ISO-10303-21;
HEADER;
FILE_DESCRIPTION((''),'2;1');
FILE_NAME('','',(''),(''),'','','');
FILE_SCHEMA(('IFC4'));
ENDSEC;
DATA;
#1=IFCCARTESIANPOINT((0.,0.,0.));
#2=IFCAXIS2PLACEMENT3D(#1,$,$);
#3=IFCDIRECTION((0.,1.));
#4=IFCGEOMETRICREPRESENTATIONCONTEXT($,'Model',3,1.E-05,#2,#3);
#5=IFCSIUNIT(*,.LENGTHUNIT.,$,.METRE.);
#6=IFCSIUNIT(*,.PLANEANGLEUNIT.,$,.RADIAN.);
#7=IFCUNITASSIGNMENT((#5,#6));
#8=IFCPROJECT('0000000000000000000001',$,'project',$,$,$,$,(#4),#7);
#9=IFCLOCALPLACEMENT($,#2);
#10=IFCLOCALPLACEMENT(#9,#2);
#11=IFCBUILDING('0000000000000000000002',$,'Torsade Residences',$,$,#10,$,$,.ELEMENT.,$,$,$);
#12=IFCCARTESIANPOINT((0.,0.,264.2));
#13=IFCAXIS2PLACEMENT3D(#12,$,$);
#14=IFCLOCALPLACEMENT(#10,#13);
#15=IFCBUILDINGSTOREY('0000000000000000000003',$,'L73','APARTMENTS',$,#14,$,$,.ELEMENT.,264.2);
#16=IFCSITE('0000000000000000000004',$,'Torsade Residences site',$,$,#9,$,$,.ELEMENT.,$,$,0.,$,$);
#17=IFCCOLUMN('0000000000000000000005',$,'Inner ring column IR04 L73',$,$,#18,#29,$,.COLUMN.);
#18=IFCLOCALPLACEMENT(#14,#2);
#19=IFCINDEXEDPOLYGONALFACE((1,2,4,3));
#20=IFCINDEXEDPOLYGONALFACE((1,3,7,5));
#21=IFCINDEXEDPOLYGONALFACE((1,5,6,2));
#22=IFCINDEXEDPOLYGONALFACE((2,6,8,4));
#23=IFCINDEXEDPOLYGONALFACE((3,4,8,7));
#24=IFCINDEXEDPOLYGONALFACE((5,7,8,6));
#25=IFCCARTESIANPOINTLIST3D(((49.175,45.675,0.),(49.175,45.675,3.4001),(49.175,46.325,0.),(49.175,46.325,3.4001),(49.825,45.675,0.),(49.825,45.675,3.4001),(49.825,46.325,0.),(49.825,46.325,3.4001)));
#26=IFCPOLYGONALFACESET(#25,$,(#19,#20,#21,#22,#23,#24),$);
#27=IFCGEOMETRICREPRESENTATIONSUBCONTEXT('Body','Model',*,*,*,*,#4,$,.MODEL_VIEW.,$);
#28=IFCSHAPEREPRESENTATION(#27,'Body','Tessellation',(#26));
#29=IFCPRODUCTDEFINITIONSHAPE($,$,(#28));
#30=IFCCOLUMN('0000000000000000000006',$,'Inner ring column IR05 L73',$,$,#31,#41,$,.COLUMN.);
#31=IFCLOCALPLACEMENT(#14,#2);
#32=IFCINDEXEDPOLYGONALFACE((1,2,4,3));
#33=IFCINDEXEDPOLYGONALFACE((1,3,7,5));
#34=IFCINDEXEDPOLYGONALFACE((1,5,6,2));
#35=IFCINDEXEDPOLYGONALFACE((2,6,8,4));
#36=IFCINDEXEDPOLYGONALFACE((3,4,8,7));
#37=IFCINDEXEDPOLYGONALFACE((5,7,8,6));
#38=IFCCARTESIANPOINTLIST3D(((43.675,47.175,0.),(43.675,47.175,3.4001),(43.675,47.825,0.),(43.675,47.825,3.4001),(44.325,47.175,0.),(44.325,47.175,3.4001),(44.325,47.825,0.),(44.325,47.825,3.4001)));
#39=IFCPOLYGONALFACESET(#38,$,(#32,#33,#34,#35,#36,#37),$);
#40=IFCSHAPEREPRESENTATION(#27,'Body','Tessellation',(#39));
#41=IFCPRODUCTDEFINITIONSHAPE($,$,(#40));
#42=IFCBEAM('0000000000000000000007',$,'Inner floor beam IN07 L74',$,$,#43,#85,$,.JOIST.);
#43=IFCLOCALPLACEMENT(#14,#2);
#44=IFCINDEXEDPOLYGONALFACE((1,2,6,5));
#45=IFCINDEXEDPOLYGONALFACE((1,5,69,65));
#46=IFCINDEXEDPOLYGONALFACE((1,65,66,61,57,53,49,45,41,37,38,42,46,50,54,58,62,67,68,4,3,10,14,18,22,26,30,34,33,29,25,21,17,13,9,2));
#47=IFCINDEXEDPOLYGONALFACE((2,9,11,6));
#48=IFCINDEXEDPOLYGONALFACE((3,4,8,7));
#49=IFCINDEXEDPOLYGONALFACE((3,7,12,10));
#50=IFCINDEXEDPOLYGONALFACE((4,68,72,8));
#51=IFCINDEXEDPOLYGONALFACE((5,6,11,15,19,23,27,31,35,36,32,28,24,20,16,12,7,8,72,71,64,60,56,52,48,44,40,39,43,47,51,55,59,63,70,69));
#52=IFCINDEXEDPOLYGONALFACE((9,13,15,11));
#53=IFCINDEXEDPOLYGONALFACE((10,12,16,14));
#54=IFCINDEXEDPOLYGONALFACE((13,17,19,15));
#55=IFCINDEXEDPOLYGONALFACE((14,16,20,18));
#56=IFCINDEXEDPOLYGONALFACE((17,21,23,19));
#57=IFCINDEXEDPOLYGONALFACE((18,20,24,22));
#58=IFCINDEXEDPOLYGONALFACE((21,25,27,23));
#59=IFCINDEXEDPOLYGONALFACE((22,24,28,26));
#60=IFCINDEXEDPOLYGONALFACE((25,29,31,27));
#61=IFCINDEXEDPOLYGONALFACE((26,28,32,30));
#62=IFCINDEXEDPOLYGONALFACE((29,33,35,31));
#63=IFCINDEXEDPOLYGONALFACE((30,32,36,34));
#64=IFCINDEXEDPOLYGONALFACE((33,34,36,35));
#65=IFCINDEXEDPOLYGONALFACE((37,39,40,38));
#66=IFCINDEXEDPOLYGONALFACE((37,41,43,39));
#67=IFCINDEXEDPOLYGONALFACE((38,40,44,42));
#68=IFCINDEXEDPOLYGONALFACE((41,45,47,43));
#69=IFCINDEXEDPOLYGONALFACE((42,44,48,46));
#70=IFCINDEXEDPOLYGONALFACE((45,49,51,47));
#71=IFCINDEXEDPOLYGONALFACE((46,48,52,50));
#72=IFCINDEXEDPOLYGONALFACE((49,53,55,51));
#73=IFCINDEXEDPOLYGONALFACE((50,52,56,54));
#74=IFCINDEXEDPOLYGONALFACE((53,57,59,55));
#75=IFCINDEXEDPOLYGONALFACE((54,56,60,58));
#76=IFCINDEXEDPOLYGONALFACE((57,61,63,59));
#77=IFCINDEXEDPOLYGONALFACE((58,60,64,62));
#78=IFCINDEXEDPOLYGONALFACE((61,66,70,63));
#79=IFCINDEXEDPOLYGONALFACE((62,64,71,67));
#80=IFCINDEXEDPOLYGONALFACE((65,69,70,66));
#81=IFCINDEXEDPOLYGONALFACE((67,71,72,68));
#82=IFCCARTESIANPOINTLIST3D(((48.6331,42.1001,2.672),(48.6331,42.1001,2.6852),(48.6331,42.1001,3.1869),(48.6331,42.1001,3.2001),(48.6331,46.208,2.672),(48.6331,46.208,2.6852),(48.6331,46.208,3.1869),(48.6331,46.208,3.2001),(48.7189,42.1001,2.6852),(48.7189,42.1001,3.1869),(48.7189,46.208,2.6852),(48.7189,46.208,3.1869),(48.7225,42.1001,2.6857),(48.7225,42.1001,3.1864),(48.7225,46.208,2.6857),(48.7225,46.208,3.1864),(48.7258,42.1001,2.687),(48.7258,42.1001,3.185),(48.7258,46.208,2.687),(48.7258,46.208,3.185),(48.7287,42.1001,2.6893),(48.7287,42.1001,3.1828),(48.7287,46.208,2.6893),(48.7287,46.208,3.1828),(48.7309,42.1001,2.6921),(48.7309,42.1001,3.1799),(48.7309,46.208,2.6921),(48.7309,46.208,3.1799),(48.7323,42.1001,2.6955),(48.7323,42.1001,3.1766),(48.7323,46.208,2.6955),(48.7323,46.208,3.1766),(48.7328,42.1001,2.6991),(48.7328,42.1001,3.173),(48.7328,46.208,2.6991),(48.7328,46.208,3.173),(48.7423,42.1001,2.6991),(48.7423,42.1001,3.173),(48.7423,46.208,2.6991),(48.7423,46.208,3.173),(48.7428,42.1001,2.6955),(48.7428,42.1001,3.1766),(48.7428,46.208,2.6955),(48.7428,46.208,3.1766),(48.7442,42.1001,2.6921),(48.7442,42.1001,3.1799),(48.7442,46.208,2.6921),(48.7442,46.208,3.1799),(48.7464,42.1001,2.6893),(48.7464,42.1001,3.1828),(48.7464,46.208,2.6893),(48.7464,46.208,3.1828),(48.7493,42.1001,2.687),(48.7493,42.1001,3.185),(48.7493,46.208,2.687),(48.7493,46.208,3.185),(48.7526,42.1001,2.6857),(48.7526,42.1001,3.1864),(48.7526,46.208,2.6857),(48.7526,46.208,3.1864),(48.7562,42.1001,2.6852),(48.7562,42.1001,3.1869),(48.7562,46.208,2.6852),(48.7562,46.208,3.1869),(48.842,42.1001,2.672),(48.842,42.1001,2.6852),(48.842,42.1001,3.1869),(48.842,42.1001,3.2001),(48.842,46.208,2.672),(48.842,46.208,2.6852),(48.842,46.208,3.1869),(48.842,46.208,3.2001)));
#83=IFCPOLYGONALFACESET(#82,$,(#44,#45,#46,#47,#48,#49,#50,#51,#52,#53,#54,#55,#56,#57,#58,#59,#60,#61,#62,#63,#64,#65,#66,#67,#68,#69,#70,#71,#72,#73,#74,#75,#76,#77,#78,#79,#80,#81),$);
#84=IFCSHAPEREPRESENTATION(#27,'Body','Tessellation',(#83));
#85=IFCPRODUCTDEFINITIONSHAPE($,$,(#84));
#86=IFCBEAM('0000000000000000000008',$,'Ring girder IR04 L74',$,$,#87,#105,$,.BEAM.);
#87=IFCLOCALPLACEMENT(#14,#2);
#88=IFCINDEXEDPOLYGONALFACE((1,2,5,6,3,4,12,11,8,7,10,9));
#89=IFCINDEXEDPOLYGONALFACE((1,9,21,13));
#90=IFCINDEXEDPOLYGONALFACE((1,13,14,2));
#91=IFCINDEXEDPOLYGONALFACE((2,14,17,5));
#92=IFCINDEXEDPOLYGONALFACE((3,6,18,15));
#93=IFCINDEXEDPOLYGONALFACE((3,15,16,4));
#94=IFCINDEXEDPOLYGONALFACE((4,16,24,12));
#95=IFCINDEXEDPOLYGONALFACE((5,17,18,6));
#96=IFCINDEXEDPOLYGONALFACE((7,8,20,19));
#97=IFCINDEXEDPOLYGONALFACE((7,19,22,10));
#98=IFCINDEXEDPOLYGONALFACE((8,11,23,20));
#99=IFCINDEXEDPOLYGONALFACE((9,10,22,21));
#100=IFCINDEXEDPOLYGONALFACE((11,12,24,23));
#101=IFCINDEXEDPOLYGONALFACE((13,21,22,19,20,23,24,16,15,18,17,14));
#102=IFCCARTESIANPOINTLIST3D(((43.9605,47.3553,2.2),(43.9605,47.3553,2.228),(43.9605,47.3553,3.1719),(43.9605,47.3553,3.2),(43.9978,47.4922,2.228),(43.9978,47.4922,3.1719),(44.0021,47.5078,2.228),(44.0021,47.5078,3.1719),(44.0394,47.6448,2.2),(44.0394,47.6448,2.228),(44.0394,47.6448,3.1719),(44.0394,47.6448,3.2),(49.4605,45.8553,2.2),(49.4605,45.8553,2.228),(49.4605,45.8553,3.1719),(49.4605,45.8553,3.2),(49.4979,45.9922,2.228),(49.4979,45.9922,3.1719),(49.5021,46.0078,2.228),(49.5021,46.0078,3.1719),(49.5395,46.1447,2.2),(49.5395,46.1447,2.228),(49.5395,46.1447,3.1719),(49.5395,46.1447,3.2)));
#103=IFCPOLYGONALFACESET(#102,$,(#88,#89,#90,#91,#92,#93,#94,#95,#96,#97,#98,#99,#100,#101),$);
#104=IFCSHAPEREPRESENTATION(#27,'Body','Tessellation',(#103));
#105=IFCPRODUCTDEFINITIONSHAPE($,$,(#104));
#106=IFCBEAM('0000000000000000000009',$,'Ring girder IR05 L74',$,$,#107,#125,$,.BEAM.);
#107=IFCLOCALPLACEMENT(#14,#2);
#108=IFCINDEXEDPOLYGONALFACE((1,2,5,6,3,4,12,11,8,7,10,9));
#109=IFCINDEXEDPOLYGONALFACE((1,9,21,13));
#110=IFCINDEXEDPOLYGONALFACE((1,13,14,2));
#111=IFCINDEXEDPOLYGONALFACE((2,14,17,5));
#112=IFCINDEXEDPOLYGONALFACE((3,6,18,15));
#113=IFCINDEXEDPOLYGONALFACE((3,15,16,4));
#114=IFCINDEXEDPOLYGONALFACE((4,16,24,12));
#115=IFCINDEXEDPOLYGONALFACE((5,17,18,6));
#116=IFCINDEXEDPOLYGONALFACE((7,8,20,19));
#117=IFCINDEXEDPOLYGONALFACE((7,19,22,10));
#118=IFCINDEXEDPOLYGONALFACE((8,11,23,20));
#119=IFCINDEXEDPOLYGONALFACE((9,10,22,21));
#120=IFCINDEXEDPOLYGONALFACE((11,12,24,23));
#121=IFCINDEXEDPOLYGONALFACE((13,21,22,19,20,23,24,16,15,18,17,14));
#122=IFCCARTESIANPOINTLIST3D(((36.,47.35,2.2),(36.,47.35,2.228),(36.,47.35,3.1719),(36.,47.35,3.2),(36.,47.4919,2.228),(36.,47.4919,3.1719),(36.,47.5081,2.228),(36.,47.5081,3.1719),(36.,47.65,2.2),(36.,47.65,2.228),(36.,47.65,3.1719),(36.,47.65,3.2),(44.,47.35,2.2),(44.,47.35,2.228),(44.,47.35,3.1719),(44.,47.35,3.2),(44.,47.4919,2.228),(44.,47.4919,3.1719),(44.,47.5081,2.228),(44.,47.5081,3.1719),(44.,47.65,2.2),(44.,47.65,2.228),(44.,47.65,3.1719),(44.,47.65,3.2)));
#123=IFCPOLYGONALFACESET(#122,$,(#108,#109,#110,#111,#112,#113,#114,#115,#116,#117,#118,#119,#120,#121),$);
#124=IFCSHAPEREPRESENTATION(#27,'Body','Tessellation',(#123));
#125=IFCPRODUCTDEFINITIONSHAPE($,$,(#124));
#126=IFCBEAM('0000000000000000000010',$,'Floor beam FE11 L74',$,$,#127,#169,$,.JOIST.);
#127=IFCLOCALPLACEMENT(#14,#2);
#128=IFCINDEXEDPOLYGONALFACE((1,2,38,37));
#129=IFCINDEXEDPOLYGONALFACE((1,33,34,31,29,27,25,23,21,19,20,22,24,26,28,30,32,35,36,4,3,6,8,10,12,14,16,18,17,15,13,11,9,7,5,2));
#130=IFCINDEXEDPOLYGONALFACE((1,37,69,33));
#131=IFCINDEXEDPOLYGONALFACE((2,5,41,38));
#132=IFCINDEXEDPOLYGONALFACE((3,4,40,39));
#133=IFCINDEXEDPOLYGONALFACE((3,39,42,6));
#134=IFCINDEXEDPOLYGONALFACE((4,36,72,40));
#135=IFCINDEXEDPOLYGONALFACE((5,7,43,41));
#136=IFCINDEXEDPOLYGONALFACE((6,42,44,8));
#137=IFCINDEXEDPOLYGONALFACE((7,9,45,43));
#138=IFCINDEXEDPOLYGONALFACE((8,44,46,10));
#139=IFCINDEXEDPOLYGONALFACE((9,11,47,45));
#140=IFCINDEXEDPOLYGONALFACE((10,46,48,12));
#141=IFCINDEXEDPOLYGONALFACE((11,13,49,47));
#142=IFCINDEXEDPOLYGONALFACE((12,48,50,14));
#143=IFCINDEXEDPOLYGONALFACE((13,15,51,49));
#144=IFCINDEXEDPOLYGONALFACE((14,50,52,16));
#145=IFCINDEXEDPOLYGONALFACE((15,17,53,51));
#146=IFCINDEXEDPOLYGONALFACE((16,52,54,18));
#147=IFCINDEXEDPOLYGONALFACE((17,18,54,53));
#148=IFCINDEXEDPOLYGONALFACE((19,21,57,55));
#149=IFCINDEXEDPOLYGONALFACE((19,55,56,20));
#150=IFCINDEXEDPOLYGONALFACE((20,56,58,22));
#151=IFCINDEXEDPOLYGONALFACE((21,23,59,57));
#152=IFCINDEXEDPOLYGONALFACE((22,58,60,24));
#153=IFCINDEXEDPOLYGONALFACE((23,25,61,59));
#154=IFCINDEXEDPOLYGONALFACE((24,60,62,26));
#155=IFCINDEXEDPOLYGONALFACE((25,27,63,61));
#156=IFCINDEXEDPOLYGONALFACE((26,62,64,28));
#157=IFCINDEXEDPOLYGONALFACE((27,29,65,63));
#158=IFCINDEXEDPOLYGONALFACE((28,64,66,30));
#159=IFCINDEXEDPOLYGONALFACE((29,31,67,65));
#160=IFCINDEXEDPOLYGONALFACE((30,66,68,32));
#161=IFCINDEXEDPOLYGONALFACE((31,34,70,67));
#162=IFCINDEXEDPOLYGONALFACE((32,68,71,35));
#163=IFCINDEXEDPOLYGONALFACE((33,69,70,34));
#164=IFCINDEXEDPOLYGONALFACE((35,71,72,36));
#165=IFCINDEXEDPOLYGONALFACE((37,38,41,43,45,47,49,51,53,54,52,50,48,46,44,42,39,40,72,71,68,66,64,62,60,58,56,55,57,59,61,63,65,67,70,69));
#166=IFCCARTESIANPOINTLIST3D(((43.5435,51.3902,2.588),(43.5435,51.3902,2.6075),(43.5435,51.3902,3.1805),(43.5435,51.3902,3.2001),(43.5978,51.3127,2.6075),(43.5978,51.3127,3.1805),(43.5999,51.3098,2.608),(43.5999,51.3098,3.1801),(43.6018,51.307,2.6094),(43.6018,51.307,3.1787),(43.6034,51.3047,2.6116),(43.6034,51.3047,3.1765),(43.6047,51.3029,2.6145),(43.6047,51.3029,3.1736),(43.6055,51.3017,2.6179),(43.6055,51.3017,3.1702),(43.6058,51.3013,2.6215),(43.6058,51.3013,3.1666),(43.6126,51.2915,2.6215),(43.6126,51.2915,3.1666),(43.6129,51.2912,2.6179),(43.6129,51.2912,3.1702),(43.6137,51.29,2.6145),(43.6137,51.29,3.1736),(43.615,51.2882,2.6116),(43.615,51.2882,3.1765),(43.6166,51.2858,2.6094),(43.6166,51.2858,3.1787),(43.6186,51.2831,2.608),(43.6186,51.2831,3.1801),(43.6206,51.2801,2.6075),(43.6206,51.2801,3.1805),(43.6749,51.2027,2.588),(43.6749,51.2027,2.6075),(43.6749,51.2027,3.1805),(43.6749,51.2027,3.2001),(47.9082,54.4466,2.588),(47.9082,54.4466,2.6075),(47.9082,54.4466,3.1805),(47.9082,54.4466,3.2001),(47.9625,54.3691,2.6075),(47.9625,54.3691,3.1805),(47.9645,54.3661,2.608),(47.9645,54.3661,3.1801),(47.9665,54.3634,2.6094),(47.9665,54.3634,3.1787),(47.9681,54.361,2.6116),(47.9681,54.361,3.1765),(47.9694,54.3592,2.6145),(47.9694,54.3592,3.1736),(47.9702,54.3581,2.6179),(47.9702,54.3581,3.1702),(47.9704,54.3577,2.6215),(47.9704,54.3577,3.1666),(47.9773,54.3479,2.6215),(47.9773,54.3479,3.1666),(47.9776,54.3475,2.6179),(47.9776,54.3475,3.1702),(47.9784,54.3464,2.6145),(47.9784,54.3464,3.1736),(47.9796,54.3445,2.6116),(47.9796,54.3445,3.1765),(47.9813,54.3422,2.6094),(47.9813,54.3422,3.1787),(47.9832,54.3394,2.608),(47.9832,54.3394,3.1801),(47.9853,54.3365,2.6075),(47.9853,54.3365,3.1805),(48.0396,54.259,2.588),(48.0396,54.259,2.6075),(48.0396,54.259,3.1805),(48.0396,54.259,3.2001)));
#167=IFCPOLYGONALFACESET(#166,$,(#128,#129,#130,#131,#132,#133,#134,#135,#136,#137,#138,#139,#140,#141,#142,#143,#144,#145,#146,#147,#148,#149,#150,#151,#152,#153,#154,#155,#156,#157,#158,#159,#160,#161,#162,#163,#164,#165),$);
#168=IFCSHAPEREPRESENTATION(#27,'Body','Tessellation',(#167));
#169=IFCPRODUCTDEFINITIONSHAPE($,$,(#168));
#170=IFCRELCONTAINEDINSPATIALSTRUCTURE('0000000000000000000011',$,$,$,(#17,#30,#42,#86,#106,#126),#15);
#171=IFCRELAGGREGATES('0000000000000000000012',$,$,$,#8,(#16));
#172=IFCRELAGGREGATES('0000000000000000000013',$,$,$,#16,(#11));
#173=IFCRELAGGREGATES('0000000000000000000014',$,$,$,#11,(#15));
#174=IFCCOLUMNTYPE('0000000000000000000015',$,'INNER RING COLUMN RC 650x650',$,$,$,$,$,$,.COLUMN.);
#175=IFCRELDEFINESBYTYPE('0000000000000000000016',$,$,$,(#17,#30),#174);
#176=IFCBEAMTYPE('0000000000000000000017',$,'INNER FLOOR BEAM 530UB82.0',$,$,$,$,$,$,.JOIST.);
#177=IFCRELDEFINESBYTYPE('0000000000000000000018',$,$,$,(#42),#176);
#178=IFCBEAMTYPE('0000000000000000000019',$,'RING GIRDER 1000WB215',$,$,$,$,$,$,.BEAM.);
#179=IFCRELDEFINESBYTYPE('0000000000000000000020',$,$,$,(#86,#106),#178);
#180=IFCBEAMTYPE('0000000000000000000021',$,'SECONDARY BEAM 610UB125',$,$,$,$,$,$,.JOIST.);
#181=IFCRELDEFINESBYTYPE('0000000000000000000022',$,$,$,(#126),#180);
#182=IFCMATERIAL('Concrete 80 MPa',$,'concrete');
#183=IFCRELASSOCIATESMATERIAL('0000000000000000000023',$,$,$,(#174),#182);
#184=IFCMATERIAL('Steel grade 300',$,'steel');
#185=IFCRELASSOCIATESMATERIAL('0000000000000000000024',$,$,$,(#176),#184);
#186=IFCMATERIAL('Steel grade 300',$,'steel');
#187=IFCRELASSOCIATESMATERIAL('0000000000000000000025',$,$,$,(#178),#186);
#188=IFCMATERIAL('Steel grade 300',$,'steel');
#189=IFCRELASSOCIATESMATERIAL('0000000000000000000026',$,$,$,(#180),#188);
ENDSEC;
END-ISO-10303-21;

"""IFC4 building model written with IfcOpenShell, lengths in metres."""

from ifc_helpers import new_model, si_unit, direction, frame, origin, origin_2d, place, context, subcontext, project, spatial, rectangle, i_section, extrude, material, material_profile, profile_set, type_object, element, save


model = new_model("IFC4")

# Units and contexts
model_context = context("Model", 3, precision=1e-05, world=origin(), true_north=direction((0.0, 1.0)))
body_context = subcontext(model_context, "Body", "Model", "MODEL_VIEW")
ifc_project = project(units=[si_unit("LENGTHUNIT", "METRE"), si_unit("PLANEANGLEUNIT", "RADIAN")], contexts=[model_context])

# Site, building, storey
site_placement = place(None, origin())
site = spatial("IfcSite", under=ifc_project, at=site_placement, Name="Torsade Residences site", CompositionType="ELEMENT", RefElevation=0.0)
building_placement = place(site_placement, origin())
building = spatial("IfcBuilding", under=site, at=building_placement, Name="Torsade Residences", CompositionType="ELEMENT")
storey_placement = place(building_placement, frame((0.0, 0.0, 264.2)))
storey = spatial("IfcBuildingStorey", under=building, at=storey_placement, Name="L73", Description="APARTMENTS", CompositionType="ELEMENT", Elevation=264.2)

# Columns
ifc_material_1 = material(Name="Concrete 80 MPa", Category="concrete")
ifc_material_profile_1 = material_profile(ifc_material_1, rectangle(XDim=0.6499, YDim=0.6499, at=origin_2d()), Name="RC 650x650")
ifc_profile_set_1 = profile_set([ifc_material_profile_1], Name="Concrete 80 MPa")
column_type = type_object("IfcColumnType", Name="INNER RING COLUMN RC 650x650", PredefinedType="COLUMN", material=ifc_profile_set_1)
for number, where, z_axis, x_axis, name in (
    (1, (49.5, 46.0, 0.0), (0.0, 0.0, 1.0), (1.0, 0.0, 0.0), "Inner ring column IR04 L73"),
    (2, (44.0, 47.5, 0.0), (0.0, 0.0, 1.0), (1.0, 0.0, 0.0), "Inner ring column IR05 L73"),
):
    element("IfcColumn", number, at=place(storey_placement, frame(where, z_axis=z_axis, x_axis=x_axis)), inside=storey, type_object=column_type, Name=name, PredefinedType="COLUMN", context=body_context, shape_type="SweptSolid", body=[
        extrude(rectangle(XDim=0.6499, YDim=0.6499, at=origin_2d()), origin(), (0.0, 0.0, 1.0), 3.4001),
    ])

# Beams
ifc_material_2 = material(Name="Steel grade 300", Category="steel")
ifc_material_profile_2 = material_profile(ifc_material_2, i_section(OverallWidth=0.209, OverallDepth=0.5281, WebThickness=0.0095, FlangeThickness=0.0132, FilletRadius=0.0139, at=origin_2d()), Name="530UB82.0")
ifc_profile_set_2 = profile_set([ifc_material_profile_2], Name="Steel grade 300")
beam_type_1 = type_object("IfcBeamType", Name="INNER FLOOR BEAM 530UB82.0", PredefinedType="JOIST", material=ifc_profile_set_2)
beam_1_placement = place(storey_placement, frame((48.7375, 42.1001, 2.936), z_axis=(0.0, 1.0, 0.0), x_axis=(-1.0, 0.0, 0.0)))
element("IfcBeam", 3, at=beam_1_placement, inside=storey, type_object=beam_type_1, Name="Inner floor beam IN07 L74", PredefinedType="JOIST", context=body_context, shape_type="SweptSolid", body=[
    extrude(i_section(OverallWidth=0.209, OverallDepth=0.5281, WebThickness=0.0095, FlangeThickness=0.0132, FilletRadius=0.0139, at=origin_2d()), origin(), (0.0, 0.0, 1.0), 4.1079),
])
ifc_material_3 = material(Name="Steel grade 300", Category="steel")
ifc_material_profile_3 = material_profile(ifc_material_3, i_section(OverallWidth=0.3, OverallDepth=1.0, WebThickness=0.0161, FlangeThickness=0.0281, at=origin_2d()), Name="1000WB215")
ifc_profile_set_3 = profile_set([ifc_material_profile_3], Name="Steel grade 300")
beam_type_2 = type_object("IfcBeamType", Name="RING GIRDER 1000WB215", PredefinedType="BEAM", material=ifc_profile_set_3)
beam_2_placement = place(storey_placement, frame((49.5, 46.0, 2.7), z_axis=(-0.964764, 0.263117, 0.0), x_axis=(-0.263117, -0.964764, 0.0)))
element("IfcBeam", 4, at=beam_2_placement, inside=storey, type_object=beam_type_2, Name="Ring girder IR04 L74", PredefinedType="BEAM", context=body_context, shape_type="SweptSolid", body=[
    extrude(i_section(OverallWidth=0.3, OverallDepth=1.0, WebThickness=0.0161, FlangeThickness=0.0281, at=origin_2d()), origin(), (0.0, 0.0, 1.0), 5.7009),
])
beam_3_placement = place(storey_placement, frame((44.0, 47.5, 2.7), z_axis=(-1.0, 0.0, 0.0), x_axis=(0.0, -1.0, 0.0)))
element("IfcBeam", 5, at=beam_3_placement, inside=storey, type_object=beam_type_2, Name="Ring girder IR05 L74", PredefinedType="BEAM", context=body_context, shape_type="SweptSolid", body=[
    extrude(i_section(OverallWidth=0.3, OverallDepth=1.0, WebThickness=0.0161, FlangeThickness=0.0281, at=origin_2d()), origin(), (0.0, 0.0, 1.0), 8.0),
])
ifc_material_4 = material(Name="Steel grade 300", Category="steel")
ifc_material_profile_4 = material_profile(ifc_material_4, i_section(OverallWidth=0.229, OverallDepth=0.6121, WebThickness=0.012, FlangeThickness=0.0195, FilletRadius=0.0139, at=origin_2d()), Name="610UB125")
ifc_profile_set_4 = profile_set([ifc_material_profile_4], Name="Steel grade 300")
beam_type_3 = type_object("IfcBeamType", Name="SECONDARY BEAM 610UB125", PredefinedType="JOIST", material=ifc_profile_set_4)
beam_4_placement = place(storey_placement, frame((47.9739, 54.3528, 2.894), z_axis=(-0.819137, -0.573598, 0.0), x_axis=(0.573598, -0.819137, 0.0)))
element("IfcBeam", 6, at=beam_4_placement, inside=storey, type_object=beam_type_3, Name="Floor beam FE11 L74", PredefinedType="JOIST", context=body_context, shape_type="SweptSolid", body=[
    extrude(i_section(OverallWidth=0.229, OverallDepth=0.6121, WebThickness=0.012, FlangeThickness=0.0195, FilletRadius=0.0139, at=origin_2d()), origin(), (0.0, 0.0, 1.0), 5.3284),
])

save(model, "model.ifc")
